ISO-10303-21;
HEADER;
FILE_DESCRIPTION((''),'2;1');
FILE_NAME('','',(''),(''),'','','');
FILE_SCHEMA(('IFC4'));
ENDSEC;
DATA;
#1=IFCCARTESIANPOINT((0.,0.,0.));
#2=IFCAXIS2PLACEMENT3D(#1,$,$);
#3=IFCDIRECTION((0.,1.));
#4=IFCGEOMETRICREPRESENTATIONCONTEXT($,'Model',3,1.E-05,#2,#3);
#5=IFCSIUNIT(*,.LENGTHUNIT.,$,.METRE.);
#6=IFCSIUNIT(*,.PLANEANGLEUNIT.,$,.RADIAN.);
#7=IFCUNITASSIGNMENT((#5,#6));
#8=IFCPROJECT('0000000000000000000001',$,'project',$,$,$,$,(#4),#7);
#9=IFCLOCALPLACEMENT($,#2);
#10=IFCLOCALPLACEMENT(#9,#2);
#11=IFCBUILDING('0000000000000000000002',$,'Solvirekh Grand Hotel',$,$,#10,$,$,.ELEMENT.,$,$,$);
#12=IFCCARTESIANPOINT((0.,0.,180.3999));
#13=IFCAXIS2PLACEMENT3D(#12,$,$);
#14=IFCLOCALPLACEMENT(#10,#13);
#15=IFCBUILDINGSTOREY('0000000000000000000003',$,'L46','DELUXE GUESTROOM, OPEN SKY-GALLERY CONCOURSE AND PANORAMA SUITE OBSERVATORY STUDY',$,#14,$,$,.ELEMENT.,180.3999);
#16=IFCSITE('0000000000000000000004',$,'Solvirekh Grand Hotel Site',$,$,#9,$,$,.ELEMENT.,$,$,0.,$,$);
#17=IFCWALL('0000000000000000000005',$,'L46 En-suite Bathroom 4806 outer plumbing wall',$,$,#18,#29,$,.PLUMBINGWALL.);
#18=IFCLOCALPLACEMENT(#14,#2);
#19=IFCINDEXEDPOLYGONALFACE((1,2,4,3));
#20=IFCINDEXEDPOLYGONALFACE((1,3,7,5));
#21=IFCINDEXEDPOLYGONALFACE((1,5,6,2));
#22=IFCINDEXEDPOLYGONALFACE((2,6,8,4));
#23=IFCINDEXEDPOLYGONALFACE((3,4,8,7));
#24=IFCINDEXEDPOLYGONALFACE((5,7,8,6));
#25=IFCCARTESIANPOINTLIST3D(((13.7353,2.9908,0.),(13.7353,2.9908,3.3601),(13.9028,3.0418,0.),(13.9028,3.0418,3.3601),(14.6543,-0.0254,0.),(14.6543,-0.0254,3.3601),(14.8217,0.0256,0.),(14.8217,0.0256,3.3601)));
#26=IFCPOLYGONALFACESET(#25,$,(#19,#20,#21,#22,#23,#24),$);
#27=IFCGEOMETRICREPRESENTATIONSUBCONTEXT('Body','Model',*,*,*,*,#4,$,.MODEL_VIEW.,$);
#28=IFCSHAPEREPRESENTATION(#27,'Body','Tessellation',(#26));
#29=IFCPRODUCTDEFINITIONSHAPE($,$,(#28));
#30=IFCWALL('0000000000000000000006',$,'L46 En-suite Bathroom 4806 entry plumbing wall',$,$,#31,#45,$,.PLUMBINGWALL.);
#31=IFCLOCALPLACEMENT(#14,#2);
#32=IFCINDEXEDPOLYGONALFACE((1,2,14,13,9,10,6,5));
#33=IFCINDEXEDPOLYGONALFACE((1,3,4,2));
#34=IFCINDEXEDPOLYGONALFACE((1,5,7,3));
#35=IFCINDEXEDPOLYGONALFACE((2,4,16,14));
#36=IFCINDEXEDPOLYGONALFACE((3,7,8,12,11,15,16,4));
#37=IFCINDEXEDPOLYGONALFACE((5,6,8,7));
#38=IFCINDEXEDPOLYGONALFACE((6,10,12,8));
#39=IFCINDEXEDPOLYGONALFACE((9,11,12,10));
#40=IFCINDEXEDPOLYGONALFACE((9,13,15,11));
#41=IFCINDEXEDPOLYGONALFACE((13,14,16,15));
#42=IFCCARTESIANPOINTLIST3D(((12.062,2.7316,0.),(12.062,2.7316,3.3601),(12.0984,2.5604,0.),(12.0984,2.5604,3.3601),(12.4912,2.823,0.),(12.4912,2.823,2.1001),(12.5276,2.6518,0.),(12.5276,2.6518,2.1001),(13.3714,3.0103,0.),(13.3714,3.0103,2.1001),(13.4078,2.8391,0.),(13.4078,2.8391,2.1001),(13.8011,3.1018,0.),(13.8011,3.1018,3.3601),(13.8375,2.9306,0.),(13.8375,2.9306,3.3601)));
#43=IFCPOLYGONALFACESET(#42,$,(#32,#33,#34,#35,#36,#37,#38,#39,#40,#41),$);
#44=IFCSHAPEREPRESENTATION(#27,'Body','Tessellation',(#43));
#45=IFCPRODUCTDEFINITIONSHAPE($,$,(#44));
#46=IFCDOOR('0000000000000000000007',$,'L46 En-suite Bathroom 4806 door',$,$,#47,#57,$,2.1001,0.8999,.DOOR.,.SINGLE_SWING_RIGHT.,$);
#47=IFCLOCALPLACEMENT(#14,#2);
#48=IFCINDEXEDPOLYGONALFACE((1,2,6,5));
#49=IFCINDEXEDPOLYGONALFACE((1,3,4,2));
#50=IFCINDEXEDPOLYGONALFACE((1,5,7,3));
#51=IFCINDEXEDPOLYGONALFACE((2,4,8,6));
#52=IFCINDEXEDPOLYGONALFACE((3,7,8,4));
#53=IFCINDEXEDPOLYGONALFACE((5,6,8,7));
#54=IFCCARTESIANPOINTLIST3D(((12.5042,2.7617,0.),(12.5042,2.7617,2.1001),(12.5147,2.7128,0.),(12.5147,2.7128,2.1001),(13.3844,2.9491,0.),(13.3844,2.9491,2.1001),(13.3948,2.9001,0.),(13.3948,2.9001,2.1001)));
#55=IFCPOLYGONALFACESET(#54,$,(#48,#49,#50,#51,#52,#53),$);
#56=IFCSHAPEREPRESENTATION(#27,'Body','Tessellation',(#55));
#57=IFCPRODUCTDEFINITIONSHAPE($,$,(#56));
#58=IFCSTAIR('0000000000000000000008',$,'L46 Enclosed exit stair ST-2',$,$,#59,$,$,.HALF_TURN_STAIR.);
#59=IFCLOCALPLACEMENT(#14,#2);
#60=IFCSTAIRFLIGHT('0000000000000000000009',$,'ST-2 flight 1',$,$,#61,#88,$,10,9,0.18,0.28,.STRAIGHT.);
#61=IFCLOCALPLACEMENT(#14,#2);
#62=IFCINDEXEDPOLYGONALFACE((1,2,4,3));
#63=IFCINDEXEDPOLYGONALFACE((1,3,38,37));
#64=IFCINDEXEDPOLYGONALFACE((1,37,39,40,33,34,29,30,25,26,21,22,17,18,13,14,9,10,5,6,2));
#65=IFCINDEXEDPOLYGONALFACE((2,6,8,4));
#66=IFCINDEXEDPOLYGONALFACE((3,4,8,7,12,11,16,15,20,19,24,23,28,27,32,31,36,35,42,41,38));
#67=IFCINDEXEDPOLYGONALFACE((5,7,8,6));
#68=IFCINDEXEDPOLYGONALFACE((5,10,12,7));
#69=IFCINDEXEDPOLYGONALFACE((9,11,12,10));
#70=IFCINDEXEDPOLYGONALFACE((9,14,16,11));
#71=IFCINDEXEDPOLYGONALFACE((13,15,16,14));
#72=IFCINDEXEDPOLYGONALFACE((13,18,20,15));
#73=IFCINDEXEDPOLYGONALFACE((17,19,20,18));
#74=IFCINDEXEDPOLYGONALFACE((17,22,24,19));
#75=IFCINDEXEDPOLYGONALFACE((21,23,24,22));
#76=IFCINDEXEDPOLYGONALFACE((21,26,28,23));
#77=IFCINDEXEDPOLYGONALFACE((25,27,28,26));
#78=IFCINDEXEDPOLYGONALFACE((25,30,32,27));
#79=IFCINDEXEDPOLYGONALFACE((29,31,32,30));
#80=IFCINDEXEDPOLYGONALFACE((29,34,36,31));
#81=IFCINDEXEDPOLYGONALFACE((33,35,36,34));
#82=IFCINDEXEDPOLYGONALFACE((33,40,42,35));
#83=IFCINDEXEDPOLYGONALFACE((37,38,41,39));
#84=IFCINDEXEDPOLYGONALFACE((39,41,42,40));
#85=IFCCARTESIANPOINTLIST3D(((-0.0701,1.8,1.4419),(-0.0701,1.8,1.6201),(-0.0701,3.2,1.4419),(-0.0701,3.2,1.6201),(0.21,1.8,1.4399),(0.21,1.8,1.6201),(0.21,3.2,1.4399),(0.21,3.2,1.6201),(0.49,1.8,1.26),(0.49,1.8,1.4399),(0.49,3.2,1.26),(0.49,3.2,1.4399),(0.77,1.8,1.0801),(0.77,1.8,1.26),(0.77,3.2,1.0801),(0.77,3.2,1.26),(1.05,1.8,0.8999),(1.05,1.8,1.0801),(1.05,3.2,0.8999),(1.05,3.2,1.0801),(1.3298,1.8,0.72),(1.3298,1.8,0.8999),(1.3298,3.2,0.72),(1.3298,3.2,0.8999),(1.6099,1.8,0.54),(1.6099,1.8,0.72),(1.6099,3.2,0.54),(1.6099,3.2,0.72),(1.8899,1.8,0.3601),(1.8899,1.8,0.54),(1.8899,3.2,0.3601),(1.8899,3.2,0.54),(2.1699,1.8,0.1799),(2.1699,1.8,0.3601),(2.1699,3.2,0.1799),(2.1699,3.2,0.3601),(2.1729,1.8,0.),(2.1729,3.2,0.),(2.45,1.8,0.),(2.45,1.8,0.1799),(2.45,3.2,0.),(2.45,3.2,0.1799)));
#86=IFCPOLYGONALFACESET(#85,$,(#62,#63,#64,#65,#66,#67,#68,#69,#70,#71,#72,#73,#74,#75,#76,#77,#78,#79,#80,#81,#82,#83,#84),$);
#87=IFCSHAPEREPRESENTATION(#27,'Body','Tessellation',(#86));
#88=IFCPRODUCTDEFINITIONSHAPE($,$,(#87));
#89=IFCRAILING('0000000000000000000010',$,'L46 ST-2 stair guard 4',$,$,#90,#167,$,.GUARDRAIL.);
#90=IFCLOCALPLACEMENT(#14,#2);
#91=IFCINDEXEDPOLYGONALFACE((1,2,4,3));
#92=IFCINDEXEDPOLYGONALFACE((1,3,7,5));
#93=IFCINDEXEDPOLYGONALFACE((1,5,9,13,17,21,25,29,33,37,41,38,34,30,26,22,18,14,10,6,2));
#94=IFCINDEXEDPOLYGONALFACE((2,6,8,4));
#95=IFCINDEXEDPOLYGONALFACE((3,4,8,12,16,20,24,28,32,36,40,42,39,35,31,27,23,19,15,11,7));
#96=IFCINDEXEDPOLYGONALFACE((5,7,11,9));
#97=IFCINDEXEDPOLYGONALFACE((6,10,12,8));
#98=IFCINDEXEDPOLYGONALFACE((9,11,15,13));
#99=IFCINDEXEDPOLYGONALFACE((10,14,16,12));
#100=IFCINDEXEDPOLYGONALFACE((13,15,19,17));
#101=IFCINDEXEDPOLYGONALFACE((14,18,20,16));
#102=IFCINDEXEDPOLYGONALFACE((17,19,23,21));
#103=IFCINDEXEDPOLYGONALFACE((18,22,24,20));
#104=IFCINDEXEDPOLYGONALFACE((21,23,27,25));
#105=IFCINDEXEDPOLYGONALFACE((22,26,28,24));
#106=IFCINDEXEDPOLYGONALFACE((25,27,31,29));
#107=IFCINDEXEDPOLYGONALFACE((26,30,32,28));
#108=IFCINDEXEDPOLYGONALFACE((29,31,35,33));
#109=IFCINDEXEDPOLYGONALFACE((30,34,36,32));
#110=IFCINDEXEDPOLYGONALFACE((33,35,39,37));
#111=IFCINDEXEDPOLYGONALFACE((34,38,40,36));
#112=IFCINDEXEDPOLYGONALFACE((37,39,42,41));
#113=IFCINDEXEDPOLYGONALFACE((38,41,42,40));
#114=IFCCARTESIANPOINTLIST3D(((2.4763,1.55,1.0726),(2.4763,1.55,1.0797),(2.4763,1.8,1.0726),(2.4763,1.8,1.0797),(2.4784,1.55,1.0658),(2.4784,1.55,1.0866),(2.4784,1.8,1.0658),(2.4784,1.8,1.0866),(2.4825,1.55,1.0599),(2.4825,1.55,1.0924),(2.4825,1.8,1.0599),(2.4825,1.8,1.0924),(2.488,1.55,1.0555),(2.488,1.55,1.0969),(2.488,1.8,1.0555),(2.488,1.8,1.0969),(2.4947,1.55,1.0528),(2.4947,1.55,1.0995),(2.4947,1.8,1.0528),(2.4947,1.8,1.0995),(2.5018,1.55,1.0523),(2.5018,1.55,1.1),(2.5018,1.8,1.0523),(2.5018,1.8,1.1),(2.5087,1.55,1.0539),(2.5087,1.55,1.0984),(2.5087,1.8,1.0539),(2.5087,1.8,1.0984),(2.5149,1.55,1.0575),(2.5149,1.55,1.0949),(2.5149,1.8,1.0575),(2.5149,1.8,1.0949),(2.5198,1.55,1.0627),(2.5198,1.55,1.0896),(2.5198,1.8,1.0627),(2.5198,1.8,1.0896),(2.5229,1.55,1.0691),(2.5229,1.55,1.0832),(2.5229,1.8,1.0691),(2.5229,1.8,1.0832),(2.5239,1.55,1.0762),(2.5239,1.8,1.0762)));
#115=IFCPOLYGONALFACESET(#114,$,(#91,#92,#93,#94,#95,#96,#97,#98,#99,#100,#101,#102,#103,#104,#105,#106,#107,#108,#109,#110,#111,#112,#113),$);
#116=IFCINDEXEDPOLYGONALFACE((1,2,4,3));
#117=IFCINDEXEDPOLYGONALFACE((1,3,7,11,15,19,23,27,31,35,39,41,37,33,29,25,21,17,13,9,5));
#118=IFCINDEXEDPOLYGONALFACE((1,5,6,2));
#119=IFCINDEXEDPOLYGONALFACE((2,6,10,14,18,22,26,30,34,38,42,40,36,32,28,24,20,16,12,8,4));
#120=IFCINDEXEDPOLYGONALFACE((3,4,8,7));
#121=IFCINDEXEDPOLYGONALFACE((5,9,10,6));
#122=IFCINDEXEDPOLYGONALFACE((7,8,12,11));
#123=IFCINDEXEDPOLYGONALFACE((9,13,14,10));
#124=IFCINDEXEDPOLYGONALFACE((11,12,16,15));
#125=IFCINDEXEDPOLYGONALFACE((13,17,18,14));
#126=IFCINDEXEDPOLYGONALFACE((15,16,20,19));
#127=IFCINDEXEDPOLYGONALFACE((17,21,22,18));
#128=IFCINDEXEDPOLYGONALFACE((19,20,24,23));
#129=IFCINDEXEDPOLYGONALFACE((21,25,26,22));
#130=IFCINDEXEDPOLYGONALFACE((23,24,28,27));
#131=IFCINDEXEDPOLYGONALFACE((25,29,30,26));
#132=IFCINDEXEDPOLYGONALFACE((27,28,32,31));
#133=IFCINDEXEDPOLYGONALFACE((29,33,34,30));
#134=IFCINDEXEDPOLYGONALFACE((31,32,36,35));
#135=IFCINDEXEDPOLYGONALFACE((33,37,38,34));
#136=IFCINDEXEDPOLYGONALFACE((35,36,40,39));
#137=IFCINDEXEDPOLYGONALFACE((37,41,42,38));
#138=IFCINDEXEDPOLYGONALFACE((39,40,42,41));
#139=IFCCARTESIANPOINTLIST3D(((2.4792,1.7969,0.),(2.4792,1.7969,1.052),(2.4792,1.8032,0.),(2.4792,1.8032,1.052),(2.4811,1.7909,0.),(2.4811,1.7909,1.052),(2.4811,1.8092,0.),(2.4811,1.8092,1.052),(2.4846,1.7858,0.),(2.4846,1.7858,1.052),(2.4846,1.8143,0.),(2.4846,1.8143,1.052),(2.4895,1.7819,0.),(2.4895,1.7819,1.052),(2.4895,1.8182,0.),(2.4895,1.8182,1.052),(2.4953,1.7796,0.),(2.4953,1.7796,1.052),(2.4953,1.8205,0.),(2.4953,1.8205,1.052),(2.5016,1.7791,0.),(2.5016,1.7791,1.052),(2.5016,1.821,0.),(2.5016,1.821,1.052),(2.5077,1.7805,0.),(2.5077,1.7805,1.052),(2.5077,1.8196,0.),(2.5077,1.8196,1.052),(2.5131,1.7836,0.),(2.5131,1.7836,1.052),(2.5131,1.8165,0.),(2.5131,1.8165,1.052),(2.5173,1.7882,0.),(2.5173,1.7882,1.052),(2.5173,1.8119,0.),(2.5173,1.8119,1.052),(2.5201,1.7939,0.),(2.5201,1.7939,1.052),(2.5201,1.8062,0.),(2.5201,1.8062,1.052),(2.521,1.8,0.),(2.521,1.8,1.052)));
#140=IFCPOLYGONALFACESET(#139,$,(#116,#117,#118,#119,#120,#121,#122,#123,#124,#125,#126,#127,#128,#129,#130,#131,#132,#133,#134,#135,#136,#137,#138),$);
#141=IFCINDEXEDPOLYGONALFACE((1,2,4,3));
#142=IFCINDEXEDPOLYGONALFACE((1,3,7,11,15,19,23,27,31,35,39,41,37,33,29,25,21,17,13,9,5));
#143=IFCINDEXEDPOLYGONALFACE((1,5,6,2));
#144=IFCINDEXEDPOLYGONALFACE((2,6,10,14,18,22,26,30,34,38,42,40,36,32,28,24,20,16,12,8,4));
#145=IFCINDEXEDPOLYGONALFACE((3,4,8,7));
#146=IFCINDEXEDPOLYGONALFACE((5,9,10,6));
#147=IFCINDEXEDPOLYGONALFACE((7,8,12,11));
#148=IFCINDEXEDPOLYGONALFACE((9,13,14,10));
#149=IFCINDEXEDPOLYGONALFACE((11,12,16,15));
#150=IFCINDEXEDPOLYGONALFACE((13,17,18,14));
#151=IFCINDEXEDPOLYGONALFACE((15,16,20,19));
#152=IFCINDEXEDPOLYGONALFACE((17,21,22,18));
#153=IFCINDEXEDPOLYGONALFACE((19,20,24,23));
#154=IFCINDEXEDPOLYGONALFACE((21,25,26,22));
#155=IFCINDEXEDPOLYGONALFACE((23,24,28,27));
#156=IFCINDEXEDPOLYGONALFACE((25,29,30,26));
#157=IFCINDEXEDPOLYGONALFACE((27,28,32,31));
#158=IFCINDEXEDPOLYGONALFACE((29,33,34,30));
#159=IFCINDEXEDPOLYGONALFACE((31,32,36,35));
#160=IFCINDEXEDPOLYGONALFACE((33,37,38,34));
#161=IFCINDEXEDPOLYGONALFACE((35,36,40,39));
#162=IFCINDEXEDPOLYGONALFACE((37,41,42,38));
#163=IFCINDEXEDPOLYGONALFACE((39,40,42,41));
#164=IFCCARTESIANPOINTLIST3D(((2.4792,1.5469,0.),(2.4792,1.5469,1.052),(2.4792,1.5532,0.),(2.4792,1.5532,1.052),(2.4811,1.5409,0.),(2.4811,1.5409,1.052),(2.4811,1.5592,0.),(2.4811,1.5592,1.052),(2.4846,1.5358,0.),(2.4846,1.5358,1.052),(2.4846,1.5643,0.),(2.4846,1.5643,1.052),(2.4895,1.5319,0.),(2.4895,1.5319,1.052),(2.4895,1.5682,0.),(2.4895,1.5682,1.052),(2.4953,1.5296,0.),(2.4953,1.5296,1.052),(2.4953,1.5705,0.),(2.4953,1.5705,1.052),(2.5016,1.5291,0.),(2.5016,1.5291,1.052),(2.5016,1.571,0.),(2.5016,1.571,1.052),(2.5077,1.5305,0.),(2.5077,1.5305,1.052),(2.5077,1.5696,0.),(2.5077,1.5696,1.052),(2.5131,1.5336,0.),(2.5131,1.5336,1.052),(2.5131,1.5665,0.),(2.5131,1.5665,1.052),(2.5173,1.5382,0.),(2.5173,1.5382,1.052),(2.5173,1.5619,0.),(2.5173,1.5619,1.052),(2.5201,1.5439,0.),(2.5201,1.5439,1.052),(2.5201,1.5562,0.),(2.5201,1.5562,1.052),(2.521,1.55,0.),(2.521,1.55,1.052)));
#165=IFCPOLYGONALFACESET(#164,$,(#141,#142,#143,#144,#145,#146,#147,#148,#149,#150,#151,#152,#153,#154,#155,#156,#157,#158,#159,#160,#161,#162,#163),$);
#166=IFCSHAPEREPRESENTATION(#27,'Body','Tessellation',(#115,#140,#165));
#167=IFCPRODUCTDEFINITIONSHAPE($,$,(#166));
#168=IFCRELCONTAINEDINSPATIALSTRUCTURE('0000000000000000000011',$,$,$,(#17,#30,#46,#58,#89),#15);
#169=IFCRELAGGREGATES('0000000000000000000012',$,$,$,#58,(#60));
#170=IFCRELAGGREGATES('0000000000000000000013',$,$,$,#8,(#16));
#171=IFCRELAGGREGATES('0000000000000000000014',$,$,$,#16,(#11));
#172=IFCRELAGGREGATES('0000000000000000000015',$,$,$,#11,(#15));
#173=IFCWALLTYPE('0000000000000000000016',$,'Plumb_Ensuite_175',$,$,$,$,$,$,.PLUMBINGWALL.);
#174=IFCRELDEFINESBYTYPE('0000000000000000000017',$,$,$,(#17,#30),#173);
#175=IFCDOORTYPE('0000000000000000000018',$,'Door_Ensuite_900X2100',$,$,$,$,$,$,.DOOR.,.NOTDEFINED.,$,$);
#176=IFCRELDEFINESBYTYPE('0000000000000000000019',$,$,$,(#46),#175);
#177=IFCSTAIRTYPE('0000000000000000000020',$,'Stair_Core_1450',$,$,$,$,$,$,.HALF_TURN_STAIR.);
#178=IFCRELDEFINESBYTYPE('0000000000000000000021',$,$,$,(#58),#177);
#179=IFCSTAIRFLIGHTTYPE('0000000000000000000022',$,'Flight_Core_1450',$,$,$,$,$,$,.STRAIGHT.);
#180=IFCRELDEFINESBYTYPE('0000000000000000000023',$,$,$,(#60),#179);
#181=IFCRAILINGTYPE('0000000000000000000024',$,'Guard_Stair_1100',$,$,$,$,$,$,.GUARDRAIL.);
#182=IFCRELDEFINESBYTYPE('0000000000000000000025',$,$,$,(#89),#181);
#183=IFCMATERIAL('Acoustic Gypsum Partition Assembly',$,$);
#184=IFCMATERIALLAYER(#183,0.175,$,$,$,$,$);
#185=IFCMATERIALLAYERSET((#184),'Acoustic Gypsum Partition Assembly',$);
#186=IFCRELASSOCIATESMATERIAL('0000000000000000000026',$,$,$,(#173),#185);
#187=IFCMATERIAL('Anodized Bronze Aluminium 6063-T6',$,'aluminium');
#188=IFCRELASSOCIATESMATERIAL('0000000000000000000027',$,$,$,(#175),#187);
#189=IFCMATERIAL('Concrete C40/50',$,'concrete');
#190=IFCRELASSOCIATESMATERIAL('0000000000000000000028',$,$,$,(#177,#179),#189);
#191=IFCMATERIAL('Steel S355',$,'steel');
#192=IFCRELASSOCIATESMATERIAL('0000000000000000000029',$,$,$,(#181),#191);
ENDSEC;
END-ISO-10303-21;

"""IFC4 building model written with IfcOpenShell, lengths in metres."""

from ifc_helpers import new_model, si_unit, direction, frame, frame_2d, origin, origin_2d, place, context, subcontext, project, spatial, polyline, rectangle, circle, outline, extrude, material, layer, layer_set, type_object, element, fill, aggregate, save


model = new_model("IFC4")

# Units and contexts
model_context = context("Model", 3, precision=1e-05, world=origin(), true_north=direction((0.0, 1.0)))
body_context = subcontext(model_context, "Body", "Model", "MODEL_VIEW")
ifc_project = project(units=[si_unit("LENGTHUNIT", "METRE"), si_unit("PLANEANGLEUNIT", "RADIAN")], contexts=[model_context])

# Site, building, storey
site_placement = place(None, origin())
site = spatial("IfcSite", under=ifc_project, at=site_placement, Name="Solvirekh Grand Hotel Site", CompositionType="ELEMENT", RefElevation=0.0)
building_placement = place(site_placement, origin())
building = spatial("IfcBuilding", under=site, at=building_placement, Name="Solvirekh Grand Hotel", CompositionType="ELEMENT")
storey_placement = place(building_placement, frame((0.0, 0.0, 180.3999)))
storey = spatial("IfcBuildingStorey", under=building, at=storey_placement, Name="L46", Description="DELUXE GUESTROOM, OPEN SKY-GALLERY CONCOURSE AND PANORAMA SUITE OBSERVATORY STUDY", CompositionType="ELEMENT", Elevation=180.3999)

# Shared definitions
ifc_material_1 = material(Name="Concrete C40/50", Category="concrete")

# Shared definitions
ifc_material_2 = material(Name="Acoustic Gypsum Partition Assembly")

# Wall
ifc_layer_1 = layer(ifc_material_2, 0.175)
ifc_layer_set_1 = layer_set([ifc_layer_1], Name="Acoustic Gypsum Partition Assembly")
wall_type_1 = type_object("IfcWallType", Name="Plumb_Ensuite_175", PredefinedType="PLUMBINGWALL", material=ifc_layer_set_1)
wall_1_placement = place(storey_placement, frame((14.738, 0.0, 0.0), z_axis=(0.0, 0.0, 1.0), x_axis=(-0.291451, 0.956586, 0.0)))
element("IfcWall", 1, at=wall_1_placement, inside=storey, type_object=wall_type_1, Name="L46 En-suite Bathroom 4806 outer plumbing wall", PredefinedType="PLUMBINGWALL", context=body_context, shape_type="SweptSolid", body=[
    extrude(rectangle(XDim=3.1531, YDim=0.175, at=frame_2d((1.5767, 0.0))), origin(), (0.0, 0.0, 1.0), 3.3601),
])

# Wall, opening, door
wall_2_placement = place(storey_placement, frame((12.0801, 2.646, 0.0), z_axis=(0.0, 0.0, 1.0), x_axis=(0.978093, 0.208169, 0.0)))
wall_2 = element("IfcWall", 2, at=wall_2_placement, inside=storey, type_object=wall_type_1, Name="L46 En-suite Bathroom 4806 entry plumbing wall", PredefinedType="PLUMBINGWALL", context=body_context, shape_type="SweptSolid", body=[
    extrude(rectangle(XDim=1.7781, YDim=0.175, at=frame_2d((0.8892, 0.0))), origin(), (0.0, 0.0, 1.0), 3.3601),
])
opening_1_placement = place(wall_2_placement, frame((0.439, 0.0, 0.0)))
opening_1 = element("IfcOpeningElement", 3, at=opening_1_placement, cuts=wall_2, PredefinedType="OPENING", context=body_context, shape_type="SweptSolid", body=[
    extrude(rectangle(XDim=0.8999, YDim=2.1001, at=frame_2d((0.45, 1.05))), frame((0.0, 0.0977, 0.0), z_axis=(0.0, -1.0, 0.0), x_axis=(1.0, 0.0, 0.0)), (0.0, 0.0, 1.0), 0.1951),
])
ifc_material_3 = material(Name="Anodized Bronze Aluminium 6063-T6", Category="aluminium")
door_type_1 = type_object("IfcDoorType", Name="Door_Ensuite_900X2100", OperationType="NOTDEFINED", PredefinedType="DOOR", material=ifc_material_3)
door_1_placement = place(opening_1_placement, origin())
door_1 = element("IfcDoor", 4, at=door_1_placement, inside=storey, type_object=door_type_1, Name="L46 En-suite Bathroom 4806 door", OperationType="SINGLE_SWING_RIGHT", OverallHeight=2.1001, OverallWidth=0.8999, PredefinedType="DOOR", context=body_context, shape_type="SweptSolid", body=[
    extrude(rectangle(XDim=0.8999, YDim=2.1001, at=frame_2d((0.45, 1.05))), frame((0.0, 0.0249, 0.0), z_axis=(0.0, -1.0, 0.0), x_axis=(1.0, 0.0, 0.0)), (0.0, 0.0, 1.0), 0.05),
])
fill(opening_1, door_1)

# Stair, stair flight
stair_type = type_object("IfcStairType", Name="Stair_Core_1450", PredefinedType="HALF_TURN_STAIR", material=ifc_material_1)
stair_placement = place(storey_placement, origin())
stair = element("IfcStair", 5, at=stair_placement, inside=storey, type_object=stair_type, Name="L46 Enclosed exit stair ST-2", PredefinedType="HALF_TURN_STAIR")
stair_flight_type = type_object("IfcStairFlightType", Name="Flight_Core_1450", PredefinedType="STRAIGHT", material=ifc_material_1)
stair_flight_placement = place(storey_placement, frame((2.45, 2.5, 0.0), z_axis=(0.0, 0.0, 1.0), x_axis=(-1.0, 0.0, 0.0)))
stair_flight = element("IfcStairFlight", 6, at=stair_flight_placement, type_object=stair_flight_type, Name="ST-2 flight 1", NumberOfRisers=10, NumberOfTreads=9, PredefinedType="STRAIGHT", RiserHeight=0.18, TreadLength=0.28, context=body_context, shape_type="SweptSolid", body=[
    extrude(outline(polyline([(0.0, 0.0), (0.0, 0.1799), (0.28, 0.1799), (0.28, 0.3601), (0.5601, 0.3601), (0.5601, 0.54), (0.8401, 0.54), (0.8401, 0.72), (1.1201, 0.72), (1.1201, 0.8999), (1.3999, 0.8999), (1.3999, 1.0801), (1.6799, 1.0801), (1.6799, 1.26), (1.96, 1.26), (1.96, 1.4399), (2.24, 1.4399), (2.24, 1.6201), (2.52, 1.6201), (2.52, 1.8), (2.52, 1.4419), (0.2771, 0.0), (0.0, 0.0)])), frame((0.0, 0.7, 0.0), z_axis=(0.0, -1.0, 0.0), x_axis=(1.0, 0.0, 0.0)), (0.0, 0.0, 1.0), 1.3999),
])
aggregate(stair, [stair_flight])

# Railing
ifc_material_4 = material(Name="Steel S355", Category="steel")
railing_type_1 = type_object("IfcRailingType", Name="Guard_Stair_1100", PredefinedType="GUARDRAIL", material=ifc_material_4)
railing_1_placement = place(storey_placement, frame((2.5, 1.8, 0.0)))
element("IfcRailing", 7, at=railing_1_placement, inside=storey, type_object=railing_type_1, Name="L46 ST-2 stair guard 4", PredefinedType="GUARDRAIL", context=body_context, shape_type="SweptSolid", body=[
    extrude(circle(Radius=0.0239, at=origin_2d()), frame((0.0, 0.0, 1.0762), z_axis=(0.0, -1.0, 0.0), x_axis=(1.0, 0.0, 0.0)), (0.0, 0.0, 1.0), 0.25),
    extrude(circle(Radius=0.021, at=origin_2d()), origin(), (0.0, 0.0, 1.0), 1.052),
    extrude(circle(Radius=0.021, at=origin_2d()), frame((0.0, -0.25, 0.0)), (0.0, 0.0, 1.0), 1.052),
])

save(model, "model.ifc")
